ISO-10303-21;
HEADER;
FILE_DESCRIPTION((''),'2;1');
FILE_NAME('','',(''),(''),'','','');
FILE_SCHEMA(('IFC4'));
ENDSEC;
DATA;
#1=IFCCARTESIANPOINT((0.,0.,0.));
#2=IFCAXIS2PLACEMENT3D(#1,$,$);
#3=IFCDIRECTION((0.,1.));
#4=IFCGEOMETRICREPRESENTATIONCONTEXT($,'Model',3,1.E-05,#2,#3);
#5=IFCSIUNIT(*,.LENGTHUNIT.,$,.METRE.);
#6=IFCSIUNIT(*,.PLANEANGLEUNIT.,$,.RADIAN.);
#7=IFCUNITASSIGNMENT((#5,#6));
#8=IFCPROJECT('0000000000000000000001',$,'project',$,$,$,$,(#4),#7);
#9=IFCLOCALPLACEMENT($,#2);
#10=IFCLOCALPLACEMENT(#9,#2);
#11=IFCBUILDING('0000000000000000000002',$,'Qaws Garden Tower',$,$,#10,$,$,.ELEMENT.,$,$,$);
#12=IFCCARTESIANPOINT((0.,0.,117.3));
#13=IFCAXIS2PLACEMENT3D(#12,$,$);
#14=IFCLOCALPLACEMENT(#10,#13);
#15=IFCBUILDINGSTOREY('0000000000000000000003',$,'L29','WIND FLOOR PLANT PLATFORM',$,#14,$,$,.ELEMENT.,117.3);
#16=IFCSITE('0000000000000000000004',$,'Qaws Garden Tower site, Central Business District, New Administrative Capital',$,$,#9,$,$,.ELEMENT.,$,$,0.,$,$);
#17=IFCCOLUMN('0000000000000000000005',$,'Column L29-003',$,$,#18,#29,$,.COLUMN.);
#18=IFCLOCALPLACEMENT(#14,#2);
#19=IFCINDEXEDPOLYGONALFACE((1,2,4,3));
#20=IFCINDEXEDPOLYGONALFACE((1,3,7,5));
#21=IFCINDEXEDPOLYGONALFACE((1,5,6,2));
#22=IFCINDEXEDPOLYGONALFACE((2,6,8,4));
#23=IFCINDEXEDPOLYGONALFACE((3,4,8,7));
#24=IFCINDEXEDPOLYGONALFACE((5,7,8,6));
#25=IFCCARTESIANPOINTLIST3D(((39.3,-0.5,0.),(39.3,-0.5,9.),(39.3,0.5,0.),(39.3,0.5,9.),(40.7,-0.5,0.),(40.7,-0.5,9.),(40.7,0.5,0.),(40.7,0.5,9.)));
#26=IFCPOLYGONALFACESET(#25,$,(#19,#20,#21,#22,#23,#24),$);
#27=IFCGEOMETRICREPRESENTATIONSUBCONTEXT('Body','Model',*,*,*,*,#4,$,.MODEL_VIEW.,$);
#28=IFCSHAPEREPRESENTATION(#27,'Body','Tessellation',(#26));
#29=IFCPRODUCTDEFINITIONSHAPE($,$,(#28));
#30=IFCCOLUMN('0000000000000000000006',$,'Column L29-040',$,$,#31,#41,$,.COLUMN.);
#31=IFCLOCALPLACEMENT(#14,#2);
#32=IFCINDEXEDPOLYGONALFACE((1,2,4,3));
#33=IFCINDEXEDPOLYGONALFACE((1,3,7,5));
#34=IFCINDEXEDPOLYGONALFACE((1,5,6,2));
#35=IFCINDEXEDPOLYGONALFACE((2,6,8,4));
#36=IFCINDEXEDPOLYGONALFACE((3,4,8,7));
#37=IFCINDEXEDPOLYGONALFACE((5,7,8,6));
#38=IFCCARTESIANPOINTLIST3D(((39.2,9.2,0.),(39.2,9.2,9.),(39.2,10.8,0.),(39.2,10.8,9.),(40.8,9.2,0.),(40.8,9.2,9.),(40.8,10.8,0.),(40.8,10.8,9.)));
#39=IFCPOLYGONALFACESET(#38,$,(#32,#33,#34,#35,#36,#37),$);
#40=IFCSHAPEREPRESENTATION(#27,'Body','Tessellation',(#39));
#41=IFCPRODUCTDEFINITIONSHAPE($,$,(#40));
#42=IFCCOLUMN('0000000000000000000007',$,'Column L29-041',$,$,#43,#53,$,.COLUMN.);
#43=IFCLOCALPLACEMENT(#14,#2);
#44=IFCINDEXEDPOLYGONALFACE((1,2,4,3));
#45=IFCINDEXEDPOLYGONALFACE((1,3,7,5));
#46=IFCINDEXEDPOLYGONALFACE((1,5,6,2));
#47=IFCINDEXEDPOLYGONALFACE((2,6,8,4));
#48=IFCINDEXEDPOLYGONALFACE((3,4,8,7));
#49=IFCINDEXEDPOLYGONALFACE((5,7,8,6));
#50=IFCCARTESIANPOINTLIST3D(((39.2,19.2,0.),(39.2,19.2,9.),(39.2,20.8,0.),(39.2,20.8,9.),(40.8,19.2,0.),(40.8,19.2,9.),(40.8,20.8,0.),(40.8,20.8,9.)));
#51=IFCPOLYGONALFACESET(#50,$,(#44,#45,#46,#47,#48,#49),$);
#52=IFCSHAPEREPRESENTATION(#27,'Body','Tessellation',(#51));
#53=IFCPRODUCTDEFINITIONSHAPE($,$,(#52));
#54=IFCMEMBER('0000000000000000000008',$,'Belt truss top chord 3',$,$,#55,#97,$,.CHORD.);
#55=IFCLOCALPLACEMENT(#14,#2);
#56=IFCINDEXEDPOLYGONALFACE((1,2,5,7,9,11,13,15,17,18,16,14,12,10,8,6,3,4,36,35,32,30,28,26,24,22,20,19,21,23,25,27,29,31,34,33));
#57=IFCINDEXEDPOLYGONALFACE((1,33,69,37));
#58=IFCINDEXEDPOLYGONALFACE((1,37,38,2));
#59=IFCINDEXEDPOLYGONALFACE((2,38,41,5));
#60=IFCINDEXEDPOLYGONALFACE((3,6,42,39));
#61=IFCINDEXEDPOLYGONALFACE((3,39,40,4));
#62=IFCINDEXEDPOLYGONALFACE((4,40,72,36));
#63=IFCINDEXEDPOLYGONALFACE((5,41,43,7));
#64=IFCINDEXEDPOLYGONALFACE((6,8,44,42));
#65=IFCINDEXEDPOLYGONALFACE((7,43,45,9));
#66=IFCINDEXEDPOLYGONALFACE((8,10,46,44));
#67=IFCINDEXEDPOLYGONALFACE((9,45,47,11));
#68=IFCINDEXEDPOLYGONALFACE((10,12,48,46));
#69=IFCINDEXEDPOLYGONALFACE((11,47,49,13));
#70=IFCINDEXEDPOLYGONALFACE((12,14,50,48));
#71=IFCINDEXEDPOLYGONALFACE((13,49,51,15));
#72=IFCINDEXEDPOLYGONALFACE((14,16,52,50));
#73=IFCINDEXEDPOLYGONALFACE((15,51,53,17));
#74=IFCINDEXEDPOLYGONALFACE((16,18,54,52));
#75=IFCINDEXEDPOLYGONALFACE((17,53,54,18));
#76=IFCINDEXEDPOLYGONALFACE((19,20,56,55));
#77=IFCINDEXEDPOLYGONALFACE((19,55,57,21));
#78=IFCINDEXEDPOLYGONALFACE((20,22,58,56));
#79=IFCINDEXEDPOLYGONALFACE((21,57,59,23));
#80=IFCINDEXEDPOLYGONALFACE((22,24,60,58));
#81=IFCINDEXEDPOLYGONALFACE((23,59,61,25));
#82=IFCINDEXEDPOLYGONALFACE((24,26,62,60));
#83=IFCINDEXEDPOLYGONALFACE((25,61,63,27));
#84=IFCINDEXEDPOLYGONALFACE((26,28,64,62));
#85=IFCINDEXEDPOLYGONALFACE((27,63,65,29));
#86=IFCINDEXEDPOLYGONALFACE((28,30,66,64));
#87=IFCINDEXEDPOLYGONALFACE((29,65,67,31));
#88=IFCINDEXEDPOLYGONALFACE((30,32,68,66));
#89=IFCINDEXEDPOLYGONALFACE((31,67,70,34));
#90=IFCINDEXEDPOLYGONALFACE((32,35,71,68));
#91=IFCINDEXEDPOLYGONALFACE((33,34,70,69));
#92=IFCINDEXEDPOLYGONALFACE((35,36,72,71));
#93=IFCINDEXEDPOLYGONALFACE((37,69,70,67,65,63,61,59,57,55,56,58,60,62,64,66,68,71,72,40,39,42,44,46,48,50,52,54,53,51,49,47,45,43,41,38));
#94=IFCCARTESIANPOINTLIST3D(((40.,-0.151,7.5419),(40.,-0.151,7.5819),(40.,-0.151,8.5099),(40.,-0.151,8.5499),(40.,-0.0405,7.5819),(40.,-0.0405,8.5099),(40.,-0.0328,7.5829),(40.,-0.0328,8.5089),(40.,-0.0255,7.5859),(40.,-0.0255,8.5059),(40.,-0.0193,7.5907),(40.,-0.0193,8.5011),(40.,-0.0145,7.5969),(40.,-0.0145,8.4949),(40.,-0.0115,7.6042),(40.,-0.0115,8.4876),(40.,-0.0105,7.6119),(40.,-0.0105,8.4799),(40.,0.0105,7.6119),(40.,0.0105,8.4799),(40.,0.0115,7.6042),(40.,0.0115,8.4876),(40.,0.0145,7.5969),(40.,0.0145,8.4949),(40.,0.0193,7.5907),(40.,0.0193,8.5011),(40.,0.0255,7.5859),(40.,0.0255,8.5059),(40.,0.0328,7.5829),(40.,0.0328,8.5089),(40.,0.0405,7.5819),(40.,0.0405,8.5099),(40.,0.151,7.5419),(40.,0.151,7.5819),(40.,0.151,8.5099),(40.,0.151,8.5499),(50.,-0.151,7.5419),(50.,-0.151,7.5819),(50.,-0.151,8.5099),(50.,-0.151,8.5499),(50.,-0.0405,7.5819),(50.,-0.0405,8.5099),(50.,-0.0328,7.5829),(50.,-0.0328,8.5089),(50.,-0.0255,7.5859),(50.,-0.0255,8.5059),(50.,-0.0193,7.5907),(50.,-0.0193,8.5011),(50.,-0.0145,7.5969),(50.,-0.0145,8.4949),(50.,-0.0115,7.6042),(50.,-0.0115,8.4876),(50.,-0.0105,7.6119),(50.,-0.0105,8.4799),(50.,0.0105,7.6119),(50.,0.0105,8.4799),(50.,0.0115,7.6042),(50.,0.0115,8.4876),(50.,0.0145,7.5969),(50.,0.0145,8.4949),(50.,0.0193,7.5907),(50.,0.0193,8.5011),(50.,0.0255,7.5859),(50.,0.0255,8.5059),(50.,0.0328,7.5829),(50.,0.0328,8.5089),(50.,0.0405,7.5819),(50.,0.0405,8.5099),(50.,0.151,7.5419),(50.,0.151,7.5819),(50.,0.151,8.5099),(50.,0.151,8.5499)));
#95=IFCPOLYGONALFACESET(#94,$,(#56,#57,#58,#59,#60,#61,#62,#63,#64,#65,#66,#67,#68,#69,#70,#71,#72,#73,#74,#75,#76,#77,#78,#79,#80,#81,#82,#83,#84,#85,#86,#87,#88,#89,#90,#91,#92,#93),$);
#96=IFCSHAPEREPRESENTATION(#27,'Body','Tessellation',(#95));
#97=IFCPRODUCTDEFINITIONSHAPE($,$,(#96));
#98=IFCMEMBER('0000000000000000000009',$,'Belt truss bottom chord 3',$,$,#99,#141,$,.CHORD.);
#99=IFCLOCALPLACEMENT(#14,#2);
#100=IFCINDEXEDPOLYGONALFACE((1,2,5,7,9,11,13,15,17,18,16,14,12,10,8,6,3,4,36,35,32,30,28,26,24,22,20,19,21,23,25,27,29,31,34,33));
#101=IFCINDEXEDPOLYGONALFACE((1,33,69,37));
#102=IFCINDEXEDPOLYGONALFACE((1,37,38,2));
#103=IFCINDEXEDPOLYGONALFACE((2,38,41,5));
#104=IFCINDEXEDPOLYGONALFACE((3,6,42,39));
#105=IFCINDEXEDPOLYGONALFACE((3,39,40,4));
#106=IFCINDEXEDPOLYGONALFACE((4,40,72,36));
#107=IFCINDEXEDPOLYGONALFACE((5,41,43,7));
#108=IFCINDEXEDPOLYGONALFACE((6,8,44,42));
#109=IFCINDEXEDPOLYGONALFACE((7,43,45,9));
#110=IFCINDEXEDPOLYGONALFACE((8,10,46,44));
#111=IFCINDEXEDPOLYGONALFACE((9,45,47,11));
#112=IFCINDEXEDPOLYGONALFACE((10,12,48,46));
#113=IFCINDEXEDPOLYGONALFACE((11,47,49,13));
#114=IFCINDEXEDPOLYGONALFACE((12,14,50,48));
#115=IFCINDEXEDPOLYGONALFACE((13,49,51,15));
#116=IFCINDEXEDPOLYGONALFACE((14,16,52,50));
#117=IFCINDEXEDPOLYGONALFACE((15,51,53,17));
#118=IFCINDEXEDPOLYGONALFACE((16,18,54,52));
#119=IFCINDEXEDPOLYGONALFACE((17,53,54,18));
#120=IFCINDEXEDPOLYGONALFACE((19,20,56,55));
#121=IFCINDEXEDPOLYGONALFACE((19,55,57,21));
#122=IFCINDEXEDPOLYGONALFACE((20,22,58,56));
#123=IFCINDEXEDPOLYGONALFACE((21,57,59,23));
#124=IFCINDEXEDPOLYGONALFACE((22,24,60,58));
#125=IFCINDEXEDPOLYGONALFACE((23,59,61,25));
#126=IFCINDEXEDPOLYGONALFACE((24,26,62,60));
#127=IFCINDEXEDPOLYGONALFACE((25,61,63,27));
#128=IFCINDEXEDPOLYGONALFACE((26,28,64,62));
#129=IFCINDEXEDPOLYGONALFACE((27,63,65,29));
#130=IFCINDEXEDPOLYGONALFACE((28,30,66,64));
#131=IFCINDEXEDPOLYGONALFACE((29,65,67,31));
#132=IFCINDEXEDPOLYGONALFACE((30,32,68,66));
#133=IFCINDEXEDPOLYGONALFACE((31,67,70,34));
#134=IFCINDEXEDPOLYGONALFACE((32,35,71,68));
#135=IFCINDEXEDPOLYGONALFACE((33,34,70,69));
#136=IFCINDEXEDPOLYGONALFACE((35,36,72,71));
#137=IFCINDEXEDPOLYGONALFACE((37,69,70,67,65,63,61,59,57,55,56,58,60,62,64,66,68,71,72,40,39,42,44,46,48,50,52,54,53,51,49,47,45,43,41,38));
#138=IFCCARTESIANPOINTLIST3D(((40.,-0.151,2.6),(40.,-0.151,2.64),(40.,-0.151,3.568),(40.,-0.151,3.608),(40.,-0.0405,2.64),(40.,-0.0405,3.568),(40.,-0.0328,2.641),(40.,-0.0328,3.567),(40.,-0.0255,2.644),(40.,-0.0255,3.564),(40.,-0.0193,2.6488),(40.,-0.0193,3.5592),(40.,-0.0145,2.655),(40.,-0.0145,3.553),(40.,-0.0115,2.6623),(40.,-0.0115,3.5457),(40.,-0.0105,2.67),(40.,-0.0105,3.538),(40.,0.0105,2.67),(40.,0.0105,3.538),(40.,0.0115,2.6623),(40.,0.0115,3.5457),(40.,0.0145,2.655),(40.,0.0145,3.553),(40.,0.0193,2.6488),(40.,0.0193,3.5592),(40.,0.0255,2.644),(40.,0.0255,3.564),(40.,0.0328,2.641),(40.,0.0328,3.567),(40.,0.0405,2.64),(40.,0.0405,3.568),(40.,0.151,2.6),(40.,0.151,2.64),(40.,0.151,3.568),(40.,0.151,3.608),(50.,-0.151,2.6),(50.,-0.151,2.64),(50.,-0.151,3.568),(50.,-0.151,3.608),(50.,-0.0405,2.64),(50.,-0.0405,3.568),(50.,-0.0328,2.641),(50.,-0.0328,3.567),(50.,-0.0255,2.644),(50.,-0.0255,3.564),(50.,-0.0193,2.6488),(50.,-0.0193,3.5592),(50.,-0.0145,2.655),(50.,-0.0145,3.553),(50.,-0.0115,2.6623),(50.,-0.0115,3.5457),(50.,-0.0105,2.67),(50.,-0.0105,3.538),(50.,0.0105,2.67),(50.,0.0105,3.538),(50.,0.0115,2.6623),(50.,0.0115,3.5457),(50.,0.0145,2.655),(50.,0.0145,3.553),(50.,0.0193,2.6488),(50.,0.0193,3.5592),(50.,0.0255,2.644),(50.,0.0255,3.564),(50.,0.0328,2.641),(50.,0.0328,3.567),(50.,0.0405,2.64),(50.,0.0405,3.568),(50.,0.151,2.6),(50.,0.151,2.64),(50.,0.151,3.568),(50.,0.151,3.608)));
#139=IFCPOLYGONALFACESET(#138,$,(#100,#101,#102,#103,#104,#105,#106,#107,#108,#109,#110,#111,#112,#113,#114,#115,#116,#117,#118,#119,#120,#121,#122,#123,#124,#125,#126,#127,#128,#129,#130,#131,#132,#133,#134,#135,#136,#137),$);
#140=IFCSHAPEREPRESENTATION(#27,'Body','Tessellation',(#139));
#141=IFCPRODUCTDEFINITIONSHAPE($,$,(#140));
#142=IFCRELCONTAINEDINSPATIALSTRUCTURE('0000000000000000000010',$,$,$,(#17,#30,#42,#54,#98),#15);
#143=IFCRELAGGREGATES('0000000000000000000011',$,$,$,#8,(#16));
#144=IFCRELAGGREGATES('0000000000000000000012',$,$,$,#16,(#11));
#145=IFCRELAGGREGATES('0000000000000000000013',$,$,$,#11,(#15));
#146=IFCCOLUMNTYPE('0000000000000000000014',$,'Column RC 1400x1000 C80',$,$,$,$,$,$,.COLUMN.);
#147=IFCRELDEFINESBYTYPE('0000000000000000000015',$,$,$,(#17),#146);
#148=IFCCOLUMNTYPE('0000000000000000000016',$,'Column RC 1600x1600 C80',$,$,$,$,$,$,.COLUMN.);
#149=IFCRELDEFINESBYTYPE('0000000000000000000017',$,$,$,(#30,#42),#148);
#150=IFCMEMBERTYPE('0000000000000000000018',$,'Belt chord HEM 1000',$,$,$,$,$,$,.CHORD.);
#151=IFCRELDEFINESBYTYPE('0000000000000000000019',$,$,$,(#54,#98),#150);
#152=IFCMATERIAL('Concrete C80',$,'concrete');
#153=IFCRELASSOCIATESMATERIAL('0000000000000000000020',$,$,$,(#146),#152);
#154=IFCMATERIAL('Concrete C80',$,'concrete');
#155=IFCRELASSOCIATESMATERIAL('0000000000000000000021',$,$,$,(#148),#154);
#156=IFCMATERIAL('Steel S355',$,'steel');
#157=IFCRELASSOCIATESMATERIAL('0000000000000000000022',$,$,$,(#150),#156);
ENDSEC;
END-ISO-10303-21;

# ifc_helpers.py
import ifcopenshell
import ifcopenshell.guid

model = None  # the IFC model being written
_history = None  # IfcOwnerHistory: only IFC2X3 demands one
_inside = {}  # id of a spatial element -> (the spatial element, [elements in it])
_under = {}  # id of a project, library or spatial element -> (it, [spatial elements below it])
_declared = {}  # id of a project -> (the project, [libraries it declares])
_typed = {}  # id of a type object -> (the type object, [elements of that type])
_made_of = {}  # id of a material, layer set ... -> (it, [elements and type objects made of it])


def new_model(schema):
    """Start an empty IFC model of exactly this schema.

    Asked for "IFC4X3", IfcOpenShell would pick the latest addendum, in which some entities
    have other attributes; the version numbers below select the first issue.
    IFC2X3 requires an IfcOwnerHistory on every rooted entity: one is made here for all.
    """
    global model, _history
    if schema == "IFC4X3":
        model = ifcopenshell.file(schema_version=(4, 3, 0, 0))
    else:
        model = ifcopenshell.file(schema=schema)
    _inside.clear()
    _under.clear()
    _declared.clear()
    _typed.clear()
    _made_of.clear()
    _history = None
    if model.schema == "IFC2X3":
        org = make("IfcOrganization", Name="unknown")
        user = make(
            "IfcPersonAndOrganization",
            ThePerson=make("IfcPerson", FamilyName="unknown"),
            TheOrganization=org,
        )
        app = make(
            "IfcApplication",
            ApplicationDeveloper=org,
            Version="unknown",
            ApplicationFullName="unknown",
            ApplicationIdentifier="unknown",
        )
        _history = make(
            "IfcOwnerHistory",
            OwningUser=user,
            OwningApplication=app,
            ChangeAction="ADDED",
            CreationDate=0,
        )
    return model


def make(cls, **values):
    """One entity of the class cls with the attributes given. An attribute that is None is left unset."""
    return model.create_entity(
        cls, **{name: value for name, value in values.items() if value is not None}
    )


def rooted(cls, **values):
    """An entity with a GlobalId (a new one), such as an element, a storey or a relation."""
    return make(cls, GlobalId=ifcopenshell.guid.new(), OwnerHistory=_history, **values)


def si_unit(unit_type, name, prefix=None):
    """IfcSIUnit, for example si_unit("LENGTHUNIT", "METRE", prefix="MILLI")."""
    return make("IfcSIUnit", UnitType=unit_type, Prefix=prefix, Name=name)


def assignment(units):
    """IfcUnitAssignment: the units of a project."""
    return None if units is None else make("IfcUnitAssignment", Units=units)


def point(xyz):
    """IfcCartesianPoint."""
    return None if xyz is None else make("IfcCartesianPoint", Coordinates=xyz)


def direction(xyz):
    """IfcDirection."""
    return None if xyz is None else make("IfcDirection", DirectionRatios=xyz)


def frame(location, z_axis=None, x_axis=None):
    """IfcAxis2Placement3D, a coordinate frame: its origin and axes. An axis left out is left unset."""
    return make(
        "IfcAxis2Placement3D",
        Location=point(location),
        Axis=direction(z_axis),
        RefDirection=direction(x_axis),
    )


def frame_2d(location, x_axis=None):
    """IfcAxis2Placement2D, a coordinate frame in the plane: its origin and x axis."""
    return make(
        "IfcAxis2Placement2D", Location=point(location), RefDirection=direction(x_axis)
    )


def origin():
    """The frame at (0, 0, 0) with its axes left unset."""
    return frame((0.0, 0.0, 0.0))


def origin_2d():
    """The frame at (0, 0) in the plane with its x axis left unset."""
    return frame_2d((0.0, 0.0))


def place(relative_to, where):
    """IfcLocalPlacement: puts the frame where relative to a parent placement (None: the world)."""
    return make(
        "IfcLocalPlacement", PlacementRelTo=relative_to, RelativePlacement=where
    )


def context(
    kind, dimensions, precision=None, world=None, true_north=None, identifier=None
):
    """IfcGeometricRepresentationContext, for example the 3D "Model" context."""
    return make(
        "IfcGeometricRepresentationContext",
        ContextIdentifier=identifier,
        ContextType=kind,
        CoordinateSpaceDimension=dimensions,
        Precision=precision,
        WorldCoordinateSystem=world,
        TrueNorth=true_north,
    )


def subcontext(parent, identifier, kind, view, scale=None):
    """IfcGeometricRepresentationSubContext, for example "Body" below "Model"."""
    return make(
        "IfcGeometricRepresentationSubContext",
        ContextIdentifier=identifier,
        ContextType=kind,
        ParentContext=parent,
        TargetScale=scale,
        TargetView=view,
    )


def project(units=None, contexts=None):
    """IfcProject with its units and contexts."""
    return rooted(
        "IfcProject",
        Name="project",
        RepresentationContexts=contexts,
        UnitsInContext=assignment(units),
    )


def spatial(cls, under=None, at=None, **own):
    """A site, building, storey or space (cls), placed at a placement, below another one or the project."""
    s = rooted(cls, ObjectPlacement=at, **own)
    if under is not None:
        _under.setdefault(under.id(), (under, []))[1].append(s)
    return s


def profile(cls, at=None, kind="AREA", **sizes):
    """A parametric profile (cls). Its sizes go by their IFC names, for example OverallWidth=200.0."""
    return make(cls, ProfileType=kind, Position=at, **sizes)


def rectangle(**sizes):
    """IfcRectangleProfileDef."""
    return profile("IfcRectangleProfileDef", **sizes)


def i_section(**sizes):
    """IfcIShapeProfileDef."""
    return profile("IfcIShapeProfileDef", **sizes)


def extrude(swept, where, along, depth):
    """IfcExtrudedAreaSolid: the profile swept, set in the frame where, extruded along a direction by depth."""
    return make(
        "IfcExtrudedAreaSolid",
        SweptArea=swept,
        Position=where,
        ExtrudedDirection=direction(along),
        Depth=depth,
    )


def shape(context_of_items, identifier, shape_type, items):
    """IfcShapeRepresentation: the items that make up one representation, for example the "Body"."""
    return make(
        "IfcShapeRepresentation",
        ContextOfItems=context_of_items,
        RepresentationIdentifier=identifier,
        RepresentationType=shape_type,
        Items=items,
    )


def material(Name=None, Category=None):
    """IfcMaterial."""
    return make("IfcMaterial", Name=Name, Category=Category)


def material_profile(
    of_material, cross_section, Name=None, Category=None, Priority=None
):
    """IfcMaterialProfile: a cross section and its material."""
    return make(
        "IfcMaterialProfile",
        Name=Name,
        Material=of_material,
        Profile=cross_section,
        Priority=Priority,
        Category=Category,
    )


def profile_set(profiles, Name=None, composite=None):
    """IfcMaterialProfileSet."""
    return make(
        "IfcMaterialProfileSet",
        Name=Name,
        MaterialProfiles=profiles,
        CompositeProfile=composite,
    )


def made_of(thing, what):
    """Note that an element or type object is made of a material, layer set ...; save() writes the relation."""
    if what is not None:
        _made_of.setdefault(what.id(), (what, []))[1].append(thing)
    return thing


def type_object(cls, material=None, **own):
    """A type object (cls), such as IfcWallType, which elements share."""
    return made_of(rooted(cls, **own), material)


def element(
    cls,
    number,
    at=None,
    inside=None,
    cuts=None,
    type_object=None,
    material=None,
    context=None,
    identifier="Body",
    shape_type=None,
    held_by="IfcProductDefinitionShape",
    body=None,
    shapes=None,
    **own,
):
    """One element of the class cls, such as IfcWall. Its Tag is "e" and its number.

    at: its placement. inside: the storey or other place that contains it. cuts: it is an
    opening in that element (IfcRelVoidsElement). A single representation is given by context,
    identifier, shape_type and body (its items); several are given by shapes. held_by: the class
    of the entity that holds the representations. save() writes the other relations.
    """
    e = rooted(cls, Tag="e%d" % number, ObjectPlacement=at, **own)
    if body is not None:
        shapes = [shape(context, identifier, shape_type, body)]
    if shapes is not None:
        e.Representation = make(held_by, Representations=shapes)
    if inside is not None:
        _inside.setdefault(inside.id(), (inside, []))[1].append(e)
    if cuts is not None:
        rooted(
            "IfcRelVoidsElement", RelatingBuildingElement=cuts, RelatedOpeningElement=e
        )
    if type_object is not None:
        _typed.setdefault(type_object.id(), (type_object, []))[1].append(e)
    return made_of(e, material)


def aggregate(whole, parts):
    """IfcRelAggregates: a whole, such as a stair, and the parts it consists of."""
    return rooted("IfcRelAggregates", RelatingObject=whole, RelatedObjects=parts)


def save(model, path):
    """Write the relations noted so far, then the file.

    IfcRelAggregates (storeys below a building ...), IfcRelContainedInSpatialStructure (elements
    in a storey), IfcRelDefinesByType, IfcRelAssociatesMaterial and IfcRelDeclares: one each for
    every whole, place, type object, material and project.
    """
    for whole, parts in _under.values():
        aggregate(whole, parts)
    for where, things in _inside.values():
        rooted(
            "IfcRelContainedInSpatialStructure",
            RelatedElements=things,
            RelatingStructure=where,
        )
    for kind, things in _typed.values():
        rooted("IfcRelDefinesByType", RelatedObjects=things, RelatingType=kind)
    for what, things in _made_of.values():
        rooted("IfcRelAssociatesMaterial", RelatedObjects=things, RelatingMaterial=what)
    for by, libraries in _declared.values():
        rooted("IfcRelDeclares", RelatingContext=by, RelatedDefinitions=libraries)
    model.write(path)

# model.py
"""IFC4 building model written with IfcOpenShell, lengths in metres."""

from ifc_helpers import new_model, si_unit, direction, frame, origin, origin_2d, place, context, subcontext, project, spatial, rectangle, i_section, extrude, material, material_profile, profile_set, type_object, element, save


model = new_model("IFC4")

# Units and contexts
model_context = context("Model", 3, precision=1e-05, world=origin(), true_north=direction((0.0, 1.0)))
body_context = subcontext(model_context, "Body", "Model", "MODEL_VIEW")
ifc_project = project(units=[si_unit("LENGTHUNIT", "METRE"), si_unit("PLANEANGLEUNIT", "RADIAN")], contexts=[model_context])

# Site, building, storey
site_placement = place(None, origin())
site = spatial("IfcSite", under=ifc_project, at=site_placement, Name="Qaws Garden Tower site, Central Business District, New Administrative Capital", CompositionType="ELEMENT", RefElevation=0.0)
building_placement = place(site_placement, origin())
building = spatial("IfcBuilding", under=site, at=building_placement, Name="Qaws Garden Tower", CompositionType="ELEMENT")
storey_placement = place(building_placement, frame((0.0, 0.0, 117.3)))
storey = spatial("IfcBuildingStorey", under=building, at=storey_placement, Name="L29", Description="WIND FLOOR PLANT PLATFORM", CompositionType="ELEMENT", Elevation=117.3)

# Columns
ifc_material_1 = material(Name="Concrete C80", Category="concrete")
ifc_material_profile_1 = material_profile(ifc_material_1, rectangle(XDim=1.3999, YDim=1.0, at=origin_2d()), Name="RC 1400x1000")
ifc_profile_set_1 = profile_set([ifc_material_profile_1], Name="Concrete C80")
column_type_1 = type_object("IfcColumnType", Name="Column RC 1400x1000 C80", PredefinedType="COLUMN", material=ifc_profile_set_1)
column_placement = place(storey_placement, frame((40.0, 0.0, 0.0), z_axis=(0.0, 0.0, 1.0), x_axis=(1.0, 0.0, 0.0)))
element("IfcColumn", 1, at=column_placement, inside=storey, type_object=column_type_1, Name="Column L29-003", PredefinedType="COLUMN", context=body_context, shape_type="SweptSolid", body=[
    extrude(rectangle(XDim=1.3999, YDim=1.0, at=origin_2d()), origin(), (0.0, 0.0, 1.0), 9.0),
])
ifc_material_2 = material(Name="Concrete C80", Category="concrete")
ifc_material_profile_2 = material_profile(ifc_material_2, rectangle(XDim=1.6001, YDim=1.6001, at=origin_2d()), Name="RC 1600x1600")
ifc_profile_set_2 = profile_set([ifc_material_profile_2], Name="Concrete C80")
column_type_2 = type_object("IfcColumnType", Name="Column RC 1600x1600 C80", PredefinedType="COLUMN", material=ifc_profile_set_2)
for number, where, z_axis, x_axis, name in (
    (2, (40.0, 10.0, 0.0), (0.0, 0.0, 1.0), (1.0, 0.0, 0.0), "Column L29-040"),
    (3, (40.0, 20.0, 0.0), (0.0, 0.0, 1.0), (1.0, 0.0, 0.0), "Column L29-041"),
):
    element("IfcColumn", number, at=place(storey_placement, frame(where, z_axis=z_axis, x_axis=x_axis)), inside=storey, type_object=column_type_2, Name=name, PredefinedType="COLUMN", context=body_context, shape_type="SweptSolid", body=[
        extrude(rectangle(XDim=1.6001, YDim=1.6001, at=origin_2d()), origin(), (0.0, 0.0, 1.0), 9.0),
    ])

# Members
ifc_material_3 = material(Name="Steel S355", Category="steel")
ifc_material_profile_3 = material_profile(ifc_material_3, i_section(OverallWidth=0.302, OverallDepth=1.0081, WebThickness=0.021, FlangeThickness=0.04, FilletRadius=0.03, at=origin_2d()), Name="HEM 1000")
ifc_profile_set_3 = profile_set([ifc_material_profile_3], Name="Steel S355")
member_type_1 = type_object("IfcMemberType", Name="Belt chord HEM 1000", PredefinedType="CHORD", material=ifc_profile_set_3)
for number, where, z_axis, x_axis, name in (
    (4, (40.0, 0.0, 8.0459), (1.0, 0.0, 0.0), (0.0, 1.0, 0.0), "Belt truss top chord 3"),
    (5, (40.0, 0.0, 3.104), (1.0, 0.0, 0.0), (0.0, 1.0, 0.0), "Belt truss bottom chord 3"),
):
    element("IfcMember", number, at=place(storey_placement, frame(where, z_axis=z_axis, x_axis=x_axis)), inside=storey, type_object=member_type_1, Name=name, PredefinedType="CHORD", context=body_context, shape_type="SweptSolid", body=[
        extrude(i_section(OverallWidth=0.302, OverallDepth=1.0081, WebThickness=0.021, FlangeThickness=0.04, FilletRadius=0.03, at=origin_2d()), origin(), (0.0, 0.0, 1.0), 10.0),
    ])

save(model, "model.ifc")
